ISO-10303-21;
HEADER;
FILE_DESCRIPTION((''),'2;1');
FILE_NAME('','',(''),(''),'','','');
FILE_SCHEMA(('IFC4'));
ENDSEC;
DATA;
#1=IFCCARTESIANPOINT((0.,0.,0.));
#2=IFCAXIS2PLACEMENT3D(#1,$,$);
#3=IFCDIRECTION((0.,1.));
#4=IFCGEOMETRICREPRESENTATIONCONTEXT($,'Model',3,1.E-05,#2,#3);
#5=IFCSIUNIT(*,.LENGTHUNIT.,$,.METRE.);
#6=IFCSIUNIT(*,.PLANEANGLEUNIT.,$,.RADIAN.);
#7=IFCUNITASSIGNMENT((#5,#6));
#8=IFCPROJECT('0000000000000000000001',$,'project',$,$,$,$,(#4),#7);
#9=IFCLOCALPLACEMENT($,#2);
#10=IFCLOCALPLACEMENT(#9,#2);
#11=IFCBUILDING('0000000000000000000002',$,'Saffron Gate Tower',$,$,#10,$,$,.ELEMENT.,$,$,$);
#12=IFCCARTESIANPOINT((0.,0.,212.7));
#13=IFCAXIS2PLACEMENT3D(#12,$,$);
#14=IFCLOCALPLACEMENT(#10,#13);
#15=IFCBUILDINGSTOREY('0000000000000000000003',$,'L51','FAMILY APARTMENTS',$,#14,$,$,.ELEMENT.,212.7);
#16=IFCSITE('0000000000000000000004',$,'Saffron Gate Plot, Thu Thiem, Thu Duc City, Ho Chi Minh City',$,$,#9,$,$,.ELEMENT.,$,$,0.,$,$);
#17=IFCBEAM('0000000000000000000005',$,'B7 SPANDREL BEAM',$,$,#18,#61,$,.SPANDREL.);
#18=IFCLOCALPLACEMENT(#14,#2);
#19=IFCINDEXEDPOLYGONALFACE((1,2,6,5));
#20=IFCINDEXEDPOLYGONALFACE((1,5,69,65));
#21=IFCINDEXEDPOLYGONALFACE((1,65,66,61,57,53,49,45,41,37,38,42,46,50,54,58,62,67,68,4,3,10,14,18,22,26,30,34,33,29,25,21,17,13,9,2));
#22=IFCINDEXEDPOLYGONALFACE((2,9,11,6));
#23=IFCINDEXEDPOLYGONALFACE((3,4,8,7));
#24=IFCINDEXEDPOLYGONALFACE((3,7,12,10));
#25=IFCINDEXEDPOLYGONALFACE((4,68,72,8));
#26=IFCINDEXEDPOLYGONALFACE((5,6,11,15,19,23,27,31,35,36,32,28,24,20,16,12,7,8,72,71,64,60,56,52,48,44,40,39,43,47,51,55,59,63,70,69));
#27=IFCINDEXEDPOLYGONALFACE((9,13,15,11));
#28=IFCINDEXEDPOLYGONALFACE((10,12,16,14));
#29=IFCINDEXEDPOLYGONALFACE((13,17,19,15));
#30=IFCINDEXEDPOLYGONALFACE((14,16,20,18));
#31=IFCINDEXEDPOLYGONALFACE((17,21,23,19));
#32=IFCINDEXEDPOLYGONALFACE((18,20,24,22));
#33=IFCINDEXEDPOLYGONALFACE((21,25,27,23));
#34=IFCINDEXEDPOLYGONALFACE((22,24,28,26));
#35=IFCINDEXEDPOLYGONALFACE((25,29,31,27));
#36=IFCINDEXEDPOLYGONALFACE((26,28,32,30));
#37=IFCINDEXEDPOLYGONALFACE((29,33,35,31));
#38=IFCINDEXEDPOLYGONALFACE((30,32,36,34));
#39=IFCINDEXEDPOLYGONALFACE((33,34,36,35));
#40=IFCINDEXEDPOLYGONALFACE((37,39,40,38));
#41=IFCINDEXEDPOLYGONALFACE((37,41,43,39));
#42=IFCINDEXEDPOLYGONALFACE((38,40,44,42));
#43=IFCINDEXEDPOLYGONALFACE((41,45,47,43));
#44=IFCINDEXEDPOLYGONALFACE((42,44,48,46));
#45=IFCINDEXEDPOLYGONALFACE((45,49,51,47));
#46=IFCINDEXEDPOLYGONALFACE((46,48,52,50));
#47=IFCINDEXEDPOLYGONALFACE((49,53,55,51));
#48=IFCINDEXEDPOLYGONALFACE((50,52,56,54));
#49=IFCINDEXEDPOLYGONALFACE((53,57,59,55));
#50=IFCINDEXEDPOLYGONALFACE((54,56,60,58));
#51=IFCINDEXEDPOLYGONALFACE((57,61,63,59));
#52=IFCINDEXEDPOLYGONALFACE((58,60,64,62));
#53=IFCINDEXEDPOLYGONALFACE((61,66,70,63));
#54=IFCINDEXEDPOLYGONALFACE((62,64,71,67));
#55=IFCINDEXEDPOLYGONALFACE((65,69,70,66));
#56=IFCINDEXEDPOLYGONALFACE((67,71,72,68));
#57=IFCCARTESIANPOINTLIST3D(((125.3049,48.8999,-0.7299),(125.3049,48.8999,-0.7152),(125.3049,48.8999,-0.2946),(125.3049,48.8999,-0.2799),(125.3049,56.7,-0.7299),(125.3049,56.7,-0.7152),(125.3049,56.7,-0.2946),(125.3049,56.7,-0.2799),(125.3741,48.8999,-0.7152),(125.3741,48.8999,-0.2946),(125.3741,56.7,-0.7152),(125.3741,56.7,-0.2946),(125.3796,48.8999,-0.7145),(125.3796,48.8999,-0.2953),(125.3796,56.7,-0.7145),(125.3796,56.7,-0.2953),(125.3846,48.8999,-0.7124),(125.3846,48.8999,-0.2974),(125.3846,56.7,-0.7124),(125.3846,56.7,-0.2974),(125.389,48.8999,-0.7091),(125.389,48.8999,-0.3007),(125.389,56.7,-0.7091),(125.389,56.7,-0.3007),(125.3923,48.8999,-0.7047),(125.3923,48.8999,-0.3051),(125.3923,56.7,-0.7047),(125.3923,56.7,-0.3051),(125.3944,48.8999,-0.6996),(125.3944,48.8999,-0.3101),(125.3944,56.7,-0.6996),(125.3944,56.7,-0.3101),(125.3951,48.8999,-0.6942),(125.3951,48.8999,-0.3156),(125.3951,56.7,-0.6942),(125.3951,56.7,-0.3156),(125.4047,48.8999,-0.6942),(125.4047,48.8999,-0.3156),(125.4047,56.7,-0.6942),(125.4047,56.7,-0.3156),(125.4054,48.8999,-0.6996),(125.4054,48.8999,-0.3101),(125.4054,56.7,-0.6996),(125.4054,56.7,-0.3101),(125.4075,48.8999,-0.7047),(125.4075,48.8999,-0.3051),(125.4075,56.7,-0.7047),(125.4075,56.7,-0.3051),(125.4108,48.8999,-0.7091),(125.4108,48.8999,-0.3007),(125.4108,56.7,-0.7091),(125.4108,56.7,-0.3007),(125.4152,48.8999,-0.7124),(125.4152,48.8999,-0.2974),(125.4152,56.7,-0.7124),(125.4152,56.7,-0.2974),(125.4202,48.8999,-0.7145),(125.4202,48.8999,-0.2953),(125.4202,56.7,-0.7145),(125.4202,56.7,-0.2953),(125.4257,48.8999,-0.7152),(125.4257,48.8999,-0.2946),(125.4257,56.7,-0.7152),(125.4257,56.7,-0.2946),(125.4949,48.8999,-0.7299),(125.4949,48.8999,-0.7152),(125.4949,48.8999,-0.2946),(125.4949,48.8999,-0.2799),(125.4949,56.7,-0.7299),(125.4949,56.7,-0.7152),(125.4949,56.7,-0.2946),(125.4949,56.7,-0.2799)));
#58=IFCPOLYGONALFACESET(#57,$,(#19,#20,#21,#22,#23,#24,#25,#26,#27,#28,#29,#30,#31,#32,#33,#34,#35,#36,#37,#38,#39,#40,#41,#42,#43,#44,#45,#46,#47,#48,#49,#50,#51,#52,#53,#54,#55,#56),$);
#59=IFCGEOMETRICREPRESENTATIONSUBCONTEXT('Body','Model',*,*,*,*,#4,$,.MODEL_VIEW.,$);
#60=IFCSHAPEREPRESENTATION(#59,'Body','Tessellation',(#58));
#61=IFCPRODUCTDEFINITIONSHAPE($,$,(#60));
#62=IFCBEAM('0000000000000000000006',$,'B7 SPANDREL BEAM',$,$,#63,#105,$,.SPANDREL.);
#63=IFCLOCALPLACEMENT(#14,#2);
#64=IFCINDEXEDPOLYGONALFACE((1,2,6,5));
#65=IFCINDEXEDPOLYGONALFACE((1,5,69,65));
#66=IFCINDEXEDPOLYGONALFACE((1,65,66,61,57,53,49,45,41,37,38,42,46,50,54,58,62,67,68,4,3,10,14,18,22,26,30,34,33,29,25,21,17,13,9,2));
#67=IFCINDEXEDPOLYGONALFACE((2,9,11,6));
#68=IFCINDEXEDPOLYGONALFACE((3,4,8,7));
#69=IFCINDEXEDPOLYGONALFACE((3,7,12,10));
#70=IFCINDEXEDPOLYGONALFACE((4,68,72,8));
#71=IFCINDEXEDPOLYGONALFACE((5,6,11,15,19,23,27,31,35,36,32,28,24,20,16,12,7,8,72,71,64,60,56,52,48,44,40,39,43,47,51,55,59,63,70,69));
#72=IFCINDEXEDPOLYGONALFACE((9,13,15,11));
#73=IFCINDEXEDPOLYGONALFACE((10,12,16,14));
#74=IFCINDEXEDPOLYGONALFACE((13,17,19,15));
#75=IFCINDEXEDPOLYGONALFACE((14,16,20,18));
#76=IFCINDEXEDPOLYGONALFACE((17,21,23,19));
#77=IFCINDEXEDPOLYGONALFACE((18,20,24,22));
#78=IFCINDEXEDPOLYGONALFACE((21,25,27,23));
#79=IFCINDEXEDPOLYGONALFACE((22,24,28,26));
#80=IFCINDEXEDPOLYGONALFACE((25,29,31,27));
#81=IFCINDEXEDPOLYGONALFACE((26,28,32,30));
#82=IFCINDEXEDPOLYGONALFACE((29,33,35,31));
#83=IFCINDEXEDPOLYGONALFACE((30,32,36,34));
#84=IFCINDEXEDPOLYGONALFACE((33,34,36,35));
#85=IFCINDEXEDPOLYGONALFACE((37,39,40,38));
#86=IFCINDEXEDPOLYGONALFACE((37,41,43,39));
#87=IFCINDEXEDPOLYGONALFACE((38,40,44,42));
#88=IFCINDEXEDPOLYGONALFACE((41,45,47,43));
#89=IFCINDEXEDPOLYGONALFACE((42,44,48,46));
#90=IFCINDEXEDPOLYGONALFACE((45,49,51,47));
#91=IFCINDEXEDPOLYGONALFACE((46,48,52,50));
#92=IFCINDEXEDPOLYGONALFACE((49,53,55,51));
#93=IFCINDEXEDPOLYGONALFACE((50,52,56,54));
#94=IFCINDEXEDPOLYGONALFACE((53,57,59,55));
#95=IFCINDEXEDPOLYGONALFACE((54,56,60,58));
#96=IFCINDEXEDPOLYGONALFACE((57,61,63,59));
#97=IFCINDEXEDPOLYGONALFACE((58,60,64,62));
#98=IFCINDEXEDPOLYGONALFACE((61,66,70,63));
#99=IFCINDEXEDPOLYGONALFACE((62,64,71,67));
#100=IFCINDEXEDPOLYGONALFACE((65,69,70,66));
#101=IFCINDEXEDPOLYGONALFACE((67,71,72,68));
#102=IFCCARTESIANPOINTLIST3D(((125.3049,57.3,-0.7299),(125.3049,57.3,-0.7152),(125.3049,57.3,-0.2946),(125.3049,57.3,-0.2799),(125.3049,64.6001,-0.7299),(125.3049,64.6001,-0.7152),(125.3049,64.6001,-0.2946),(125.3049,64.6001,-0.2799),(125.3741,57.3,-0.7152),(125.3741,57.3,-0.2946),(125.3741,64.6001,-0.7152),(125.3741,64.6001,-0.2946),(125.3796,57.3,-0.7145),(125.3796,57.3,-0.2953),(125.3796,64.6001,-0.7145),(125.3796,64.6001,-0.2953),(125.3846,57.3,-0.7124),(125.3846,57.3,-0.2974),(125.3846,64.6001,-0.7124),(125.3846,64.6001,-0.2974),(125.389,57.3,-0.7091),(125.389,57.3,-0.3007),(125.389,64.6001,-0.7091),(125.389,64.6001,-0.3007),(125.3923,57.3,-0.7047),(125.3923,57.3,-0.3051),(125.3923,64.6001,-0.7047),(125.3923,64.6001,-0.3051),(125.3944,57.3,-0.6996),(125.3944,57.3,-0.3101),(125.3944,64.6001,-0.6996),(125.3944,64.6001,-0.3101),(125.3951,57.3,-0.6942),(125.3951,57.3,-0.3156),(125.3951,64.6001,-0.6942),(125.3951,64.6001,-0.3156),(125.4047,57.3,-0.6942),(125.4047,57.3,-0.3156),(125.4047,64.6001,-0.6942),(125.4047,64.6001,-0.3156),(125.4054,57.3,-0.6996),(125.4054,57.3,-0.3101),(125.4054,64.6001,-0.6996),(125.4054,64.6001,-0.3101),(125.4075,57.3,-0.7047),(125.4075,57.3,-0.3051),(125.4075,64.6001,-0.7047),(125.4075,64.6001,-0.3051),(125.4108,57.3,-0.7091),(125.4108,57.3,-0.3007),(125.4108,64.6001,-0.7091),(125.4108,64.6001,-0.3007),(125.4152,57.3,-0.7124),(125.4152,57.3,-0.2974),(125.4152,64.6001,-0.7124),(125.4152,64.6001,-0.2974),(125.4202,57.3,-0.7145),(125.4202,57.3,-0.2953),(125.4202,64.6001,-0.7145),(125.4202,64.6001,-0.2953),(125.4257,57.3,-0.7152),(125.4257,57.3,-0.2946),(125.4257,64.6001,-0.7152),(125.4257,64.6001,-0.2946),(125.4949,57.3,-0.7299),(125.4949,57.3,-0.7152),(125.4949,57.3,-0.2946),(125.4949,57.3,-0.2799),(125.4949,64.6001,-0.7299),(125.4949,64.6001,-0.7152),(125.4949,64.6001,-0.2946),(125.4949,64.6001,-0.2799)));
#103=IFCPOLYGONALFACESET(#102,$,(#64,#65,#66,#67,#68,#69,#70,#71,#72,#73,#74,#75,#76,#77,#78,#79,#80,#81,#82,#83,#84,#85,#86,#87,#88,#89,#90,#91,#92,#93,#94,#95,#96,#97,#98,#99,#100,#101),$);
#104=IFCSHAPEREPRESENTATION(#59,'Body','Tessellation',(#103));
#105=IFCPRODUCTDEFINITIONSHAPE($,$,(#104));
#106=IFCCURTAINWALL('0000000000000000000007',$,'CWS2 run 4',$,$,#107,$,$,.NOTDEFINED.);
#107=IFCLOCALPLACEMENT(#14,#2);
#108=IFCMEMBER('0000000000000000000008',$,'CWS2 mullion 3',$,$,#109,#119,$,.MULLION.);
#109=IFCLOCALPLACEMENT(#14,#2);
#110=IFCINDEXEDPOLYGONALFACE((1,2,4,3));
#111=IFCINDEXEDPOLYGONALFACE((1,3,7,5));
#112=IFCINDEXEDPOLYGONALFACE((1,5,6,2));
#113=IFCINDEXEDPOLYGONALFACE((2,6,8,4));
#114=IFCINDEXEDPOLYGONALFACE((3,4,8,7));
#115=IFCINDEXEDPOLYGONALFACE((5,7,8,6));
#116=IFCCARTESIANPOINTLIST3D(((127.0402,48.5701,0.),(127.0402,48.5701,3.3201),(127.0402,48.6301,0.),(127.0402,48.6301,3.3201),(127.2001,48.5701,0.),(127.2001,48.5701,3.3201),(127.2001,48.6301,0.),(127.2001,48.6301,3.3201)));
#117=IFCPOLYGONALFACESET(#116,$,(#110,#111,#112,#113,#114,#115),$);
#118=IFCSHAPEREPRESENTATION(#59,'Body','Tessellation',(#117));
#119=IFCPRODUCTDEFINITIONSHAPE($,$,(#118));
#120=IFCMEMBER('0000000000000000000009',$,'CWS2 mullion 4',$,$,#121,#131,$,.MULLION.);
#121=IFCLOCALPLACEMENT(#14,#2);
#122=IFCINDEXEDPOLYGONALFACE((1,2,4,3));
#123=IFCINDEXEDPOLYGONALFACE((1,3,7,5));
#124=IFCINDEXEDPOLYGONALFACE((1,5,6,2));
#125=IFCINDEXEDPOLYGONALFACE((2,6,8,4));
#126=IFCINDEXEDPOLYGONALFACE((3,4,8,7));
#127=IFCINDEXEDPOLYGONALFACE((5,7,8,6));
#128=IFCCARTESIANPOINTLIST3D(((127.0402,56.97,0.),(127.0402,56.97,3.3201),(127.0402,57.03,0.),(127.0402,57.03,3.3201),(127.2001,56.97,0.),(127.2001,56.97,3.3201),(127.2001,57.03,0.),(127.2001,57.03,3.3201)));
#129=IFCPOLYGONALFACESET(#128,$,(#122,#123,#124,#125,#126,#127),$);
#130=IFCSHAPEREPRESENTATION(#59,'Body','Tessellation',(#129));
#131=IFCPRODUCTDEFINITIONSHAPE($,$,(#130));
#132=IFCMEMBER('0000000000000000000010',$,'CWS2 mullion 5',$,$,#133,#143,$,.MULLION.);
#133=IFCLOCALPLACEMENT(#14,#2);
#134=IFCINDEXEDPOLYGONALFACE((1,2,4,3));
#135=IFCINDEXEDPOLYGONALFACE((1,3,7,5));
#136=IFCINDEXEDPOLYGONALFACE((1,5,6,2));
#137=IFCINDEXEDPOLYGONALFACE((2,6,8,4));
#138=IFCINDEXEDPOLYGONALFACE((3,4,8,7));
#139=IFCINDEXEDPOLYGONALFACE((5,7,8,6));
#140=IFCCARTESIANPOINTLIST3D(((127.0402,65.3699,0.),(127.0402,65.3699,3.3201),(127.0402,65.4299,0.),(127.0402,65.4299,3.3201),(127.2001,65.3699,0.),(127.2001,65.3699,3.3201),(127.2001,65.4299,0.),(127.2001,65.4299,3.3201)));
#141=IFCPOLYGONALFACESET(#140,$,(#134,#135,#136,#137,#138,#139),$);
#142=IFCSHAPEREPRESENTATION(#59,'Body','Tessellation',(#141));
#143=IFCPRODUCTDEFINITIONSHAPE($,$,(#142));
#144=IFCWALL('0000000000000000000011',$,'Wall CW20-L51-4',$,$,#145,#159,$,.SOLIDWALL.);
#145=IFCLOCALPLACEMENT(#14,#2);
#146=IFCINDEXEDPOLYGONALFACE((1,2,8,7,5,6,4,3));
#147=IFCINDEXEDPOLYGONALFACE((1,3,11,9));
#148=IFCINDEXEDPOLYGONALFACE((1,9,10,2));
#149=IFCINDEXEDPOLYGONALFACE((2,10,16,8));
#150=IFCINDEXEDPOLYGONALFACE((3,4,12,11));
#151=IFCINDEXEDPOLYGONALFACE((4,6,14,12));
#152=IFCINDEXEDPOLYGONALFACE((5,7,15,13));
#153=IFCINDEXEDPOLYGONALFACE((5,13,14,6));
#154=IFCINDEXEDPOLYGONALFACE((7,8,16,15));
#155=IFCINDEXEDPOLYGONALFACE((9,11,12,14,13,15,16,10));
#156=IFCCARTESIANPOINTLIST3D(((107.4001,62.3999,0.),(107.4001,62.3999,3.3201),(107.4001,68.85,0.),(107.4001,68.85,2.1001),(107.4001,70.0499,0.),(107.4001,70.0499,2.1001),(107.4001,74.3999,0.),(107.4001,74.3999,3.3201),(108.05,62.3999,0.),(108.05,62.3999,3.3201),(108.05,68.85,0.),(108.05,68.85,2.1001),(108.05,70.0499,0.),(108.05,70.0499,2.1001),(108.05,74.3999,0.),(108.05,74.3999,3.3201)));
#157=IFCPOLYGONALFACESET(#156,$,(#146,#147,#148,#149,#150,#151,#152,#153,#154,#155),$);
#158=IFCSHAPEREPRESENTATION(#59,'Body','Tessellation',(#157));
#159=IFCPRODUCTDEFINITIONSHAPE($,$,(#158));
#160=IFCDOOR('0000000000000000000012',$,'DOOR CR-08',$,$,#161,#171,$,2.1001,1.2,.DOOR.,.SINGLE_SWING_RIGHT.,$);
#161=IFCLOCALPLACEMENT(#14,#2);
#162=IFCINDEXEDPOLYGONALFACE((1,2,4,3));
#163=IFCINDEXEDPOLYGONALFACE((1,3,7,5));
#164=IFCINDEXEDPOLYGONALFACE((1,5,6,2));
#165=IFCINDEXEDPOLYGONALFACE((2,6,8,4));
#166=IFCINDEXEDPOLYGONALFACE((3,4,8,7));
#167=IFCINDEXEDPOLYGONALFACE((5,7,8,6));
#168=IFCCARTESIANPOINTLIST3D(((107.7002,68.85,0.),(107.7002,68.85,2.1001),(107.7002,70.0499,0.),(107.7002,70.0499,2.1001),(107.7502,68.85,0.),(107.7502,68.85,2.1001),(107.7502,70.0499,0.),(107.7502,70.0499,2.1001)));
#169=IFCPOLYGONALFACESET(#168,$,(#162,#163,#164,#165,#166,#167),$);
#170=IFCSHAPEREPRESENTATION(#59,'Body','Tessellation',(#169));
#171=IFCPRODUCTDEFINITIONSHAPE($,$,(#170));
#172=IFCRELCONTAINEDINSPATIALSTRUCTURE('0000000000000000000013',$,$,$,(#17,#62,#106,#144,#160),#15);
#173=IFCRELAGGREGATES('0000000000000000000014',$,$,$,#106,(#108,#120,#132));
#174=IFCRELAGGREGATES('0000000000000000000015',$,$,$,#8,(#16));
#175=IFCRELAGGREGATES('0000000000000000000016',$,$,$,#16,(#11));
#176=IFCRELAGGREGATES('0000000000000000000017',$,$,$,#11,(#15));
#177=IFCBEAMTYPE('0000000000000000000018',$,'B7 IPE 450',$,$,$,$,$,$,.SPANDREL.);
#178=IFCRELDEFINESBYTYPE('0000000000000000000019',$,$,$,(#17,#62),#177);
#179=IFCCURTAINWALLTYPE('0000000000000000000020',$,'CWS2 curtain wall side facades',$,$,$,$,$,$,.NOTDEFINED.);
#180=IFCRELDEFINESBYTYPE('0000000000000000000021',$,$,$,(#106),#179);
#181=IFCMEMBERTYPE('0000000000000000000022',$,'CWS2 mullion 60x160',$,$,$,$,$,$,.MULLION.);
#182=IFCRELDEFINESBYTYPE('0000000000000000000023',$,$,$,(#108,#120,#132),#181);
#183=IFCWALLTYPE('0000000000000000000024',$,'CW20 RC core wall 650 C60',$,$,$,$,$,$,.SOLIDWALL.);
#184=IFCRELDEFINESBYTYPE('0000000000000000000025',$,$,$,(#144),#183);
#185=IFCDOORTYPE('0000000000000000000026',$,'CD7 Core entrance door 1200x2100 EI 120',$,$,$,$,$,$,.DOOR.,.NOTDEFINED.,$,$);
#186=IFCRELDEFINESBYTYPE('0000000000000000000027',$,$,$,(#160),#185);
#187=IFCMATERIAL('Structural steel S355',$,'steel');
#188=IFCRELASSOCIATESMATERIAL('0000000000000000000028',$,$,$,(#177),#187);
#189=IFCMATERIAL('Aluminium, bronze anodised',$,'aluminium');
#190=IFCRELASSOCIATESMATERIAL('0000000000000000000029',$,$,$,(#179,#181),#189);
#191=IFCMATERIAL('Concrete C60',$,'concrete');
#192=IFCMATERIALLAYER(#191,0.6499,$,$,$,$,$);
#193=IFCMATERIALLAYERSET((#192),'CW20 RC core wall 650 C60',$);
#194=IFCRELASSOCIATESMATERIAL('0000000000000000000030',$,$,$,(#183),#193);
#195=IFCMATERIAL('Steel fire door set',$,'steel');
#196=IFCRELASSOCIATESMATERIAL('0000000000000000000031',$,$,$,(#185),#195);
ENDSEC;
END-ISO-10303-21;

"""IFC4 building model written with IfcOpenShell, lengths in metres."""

from ifc_helpers import new_model, si_unit, direction, frame, frame_2d, origin, origin_2d, place, context, subcontext, project, spatial, rectangle, i_section, extrude, material, layer, layer_set, material_profile, profile_set, type_object, element, fill, aggregate, save


model = new_model("IFC4")

# Units and contexts
model_context = context("Model", 3, precision=1e-05, world=origin(), true_north=direction((0.0, 1.0)))
body_context = subcontext(model_context, "Body", "Model", "MODEL_VIEW")
ifc_project = project(units=[si_unit("LENGTHUNIT", "METRE"), si_unit("PLANEANGLEUNIT", "RADIAN")], contexts=[model_context])

# Site, building, storey
site_placement = place(None, origin())
site = spatial("IfcSite", under=ifc_project, at=site_placement, Name="Saffron Gate Plot, Thu Thiem, Thu Duc City, Ho Chi Minh City", CompositionType="ELEMENT", RefElevation=0.0)
building_placement = place(site_placement, origin())
building = spatial("IfcBuilding", under=site, at=building_placement, Name="Saffron Gate Tower", CompositionType="ELEMENT")
storey_placement = place(building_placement, frame((0.0, 0.0, 212.7)))
storey = spatial("IfcBuildingStorey", under=building, at=storey_placement, Name="L51", Description="FAMILY APARTMENTS", CompositionType="ELEMENT", Elevation=212.7)

# Beams
ifc_material_1 = material(Name="Structural steel S355", Category="steel")
ifc_material_profile_1 = material_profile(ifc_material_1, i_section(OverallWidth=0.1899, OverallDepth=0.45, WebThickness=0.0095, FlangeThickness=0.0146, FilletRadius=0.021, at=origin_2d()))
ifc_profile_set_1 = profile_set([ifc_material_profile_1], Name="Structural steel S355")
beam_type_1 = type_object("IfcBeamType", Name="B7 IPE 450", PredefinedType="SPANDREL", material=ifc_profile_set_1)
beam_1_placement = place(storey_placement, frame((125.3999, 48.8999, -0.5049), z_axis=(0.0, 1.0, 0.0), x_axis=(-1.0, 0.0, 0.0)))
element("IfcBeam", 1, at=beam_1_placement, inside=storey, type_object=beam_type_1, Name="B7 SPANDREL BEAM", PredefinedType="SPANDREL", context=body_context, shape_type="SweptSolid", body=[
    extrude(i_section(OverallWidth=0.1899, OverallDepth=0.45, WebThickness=0.0095, FlangeThickness=0.0146, FilletRadius=0.021, at=origin_2d()), origin(), (0.0, 0.0, 1.0), 7.8),
])
beam_2_placement = place(storey_placement, frame((125.3999, 57.3, -0.5049), z_axis=(0.0, 1.0, 0.0), x_axis=(-1.0, 0.0, 0.0)))
element("IfcBeam", 2, at=beam_2_placement, inside=storey, type_object=beam_type_1, Name="B7 SPANDREL BEAM", PredefinedType="SPANDREL", context=body_context, shape_type="SweptSolid", body=[
    extrude(i_section(OverallWidth=0.1899, OverallDepth=0.45, WebThickness=0.0095, FlangeThickness=0.0146, FilletRadius=0.021, at=origin_2d()), origin(), (0.0, 0.0, 1.0), 7.3),
])

# Curtain wall, members
ifc_material_2 = material(Name="Aluminium, bronze anodised", Category="aluminium")
curtain_wall_type = type_object("IfcCurtainWallType", Name="CWS2 curtain wall side facades", PredefinedType="NOTDEFINED", material=ifc_material_2)
curtain_wall_placement = place(storey_placement, origin())
curtain_wall = element("IfcCurtainWall", 3, at=curtain_wall_placement, inside=storey, type_object=curtain_wall_type, Name="CWS2 run 4", PredefinedType="NOTDEFINED")
ifc_material_profile_2 = material_profile(ifc_material_2, rectangle(XDim=0.1599, YDim=0.0601, at=origin_2d()))
ifc_profile_set_2 = profile_set([ifc_material_profile_2], Name="Aluminium, bronze anodised")
member_type = type_object("IfcMemberType", Name="CWS2 mullion 60x160", PredefinedType="MULLION", material=ifc_profile_set_2)
member_1_placement = place(storey_placement, frame((127.1201, 48.6001, 0.0), z_axis=(0.0, 0.0, 1.0), x_axis=(-1.0, 0.0, 0.0)))
member_1 = element("IfcMember", 4, at=member_1_placement, type_object=member_type, Name="CWS2 mullion 3", PredefinedType="MULLION", context=body_context, shape_type="SweptSolid", body=[
    extrude(rectangle(XDim=0.1599, YDim=0.0601, at=origin_2d()), origin(), (0.0, 0.0, 1.0), 3.3201),
])
member_2_placement = place(storey_placement, frame((127.1201, 57.0, 0.0), z_axis=(0.0, 0.0, 1.0), x_axis=(-1.0, 0.0, 0.0)))
member_2 = element("IfcMember", 5, at=member_2_placement, type_object=member_type, Name="CWS2 mullion 4", PredefinedType="MULLION", context=body_context, shape_type="SweptSolid", body=[
    extrude(rectangle(XDim=0.1599, YDim=0.0601, at=origin_2d()), origin(), (0.0, 0.0, 1.0), 3.3201),
])
member_3_placement = place(storey_placement, frame((127.1201, 65.3999, 0.0), z_axis=(0.0, 0.0, 1.0), x_axis=(-1.0, 0.0, 0.0)))
member_3 = element("IfcMember", 6, at=member_3_placement, type_object=member_type, Name="CWS2 mullion 5", PredefinedType="MULLION", context=body_context, shape_type="SweptSolid", body=[
    extrude(rectangle(XDim=0.1599, YDim=0.0601, at=origin_2d()), origin(), (0.0, 0.0, 1.0), 3.3201),
])
aggregate(curtain_wall, [member_1, member_2, member_3])

# Wall, opening, door
ifc_material_3 = material(Name="Concrete C60", Category="concrete")
ifc_layer_1 = layer(ifc_material_3, 0.6499)
ifc_layer_set_1 = layer_set([ifc_layer_1], Name="CW20 RC core wall 650 C60")
wall_type_1 = type_object("IfcWallType", Name="CW20 RC core wall 650 C60", PredefinedType="SOLIDWALL", material=ifc_layer_set_1)
wall_1_placement = place(storey_placement, frame((107.7251, 62.3999, 0.0), z_axis=(0.0, 0.0, 1.0), x_axis=(0.0, 1.0, 0.0)))
wall_1 = element("IfcWall", 7, at=wall_1_placement, inside=storey, type_object=wall_type_1, Name="Wall CW20-L51-4", PredefinedType="SOLIDWALL", context=body_context, shape_type="SweptSolid", body=[
    extrude(rectangle(XDim=12.0, YDim=0.6499, at=frame_2d((6.0, 0.0))), origin(), (0.0, 0.0, 1.0), 3.3201),
])
opening_1_placement = place(wall_1_placement, frame((6.45, 0.0, 0.0)))
opening_1 = element("IfcOpeningElement", 8, at=opening_1_placement, cuts=wall_1, PredefinedType="OPENING", context=body_context, shape_type="SweptSolid", body=[
    extrude(rectangle(XDim=1.2, YDim=2.1001, at=frame_2d((0.6001, 1.05))), frame((0.0, 0.335, 0.0), z_axis=(0.0, -1.0, 0.0), x_axis=(1.0, 0.0, 0.0)), (0.0, 0.0, 1.0), 0.6699),
])
ifc_material_4 = material(Name="Steel fire door set", Category="steel")
door_type_1 = type_object("IfcDoorType", Name="CD7 Core entrance door 1200x2100 EI 120", OperationType="NOTDEFINED", PredefinedType="DOOR", material=ifc_material_4)
door_1_placement = place(opening_1_placement, origin())
door_1 = element("IfcDoor", 9, at=door_1_placement, inside=storey, type_object=door_type_1, Name="DOOR CR-08", OperationType="SINGLE_SWING_RIGHT", OverallHeight=2.1001, OverallWidth=1.2, PredefinedType="DOOR", context=body_context, shape_type="SweptSolid", body=[
    extrude(rectangle(XDim=1.2, YDim=2.1001, at=frame_2d((0.6001, 1.05))), frame((0.0, 0.0249, 0.0), z_axis=(0.0, -1.0, 0.0), x_axis=(1.0, 0.0, 0.0)), (0.0, 0.0, 1.0), 0.05),
])
fill(opening_1, door_1)

save(model, "model.ifc")
